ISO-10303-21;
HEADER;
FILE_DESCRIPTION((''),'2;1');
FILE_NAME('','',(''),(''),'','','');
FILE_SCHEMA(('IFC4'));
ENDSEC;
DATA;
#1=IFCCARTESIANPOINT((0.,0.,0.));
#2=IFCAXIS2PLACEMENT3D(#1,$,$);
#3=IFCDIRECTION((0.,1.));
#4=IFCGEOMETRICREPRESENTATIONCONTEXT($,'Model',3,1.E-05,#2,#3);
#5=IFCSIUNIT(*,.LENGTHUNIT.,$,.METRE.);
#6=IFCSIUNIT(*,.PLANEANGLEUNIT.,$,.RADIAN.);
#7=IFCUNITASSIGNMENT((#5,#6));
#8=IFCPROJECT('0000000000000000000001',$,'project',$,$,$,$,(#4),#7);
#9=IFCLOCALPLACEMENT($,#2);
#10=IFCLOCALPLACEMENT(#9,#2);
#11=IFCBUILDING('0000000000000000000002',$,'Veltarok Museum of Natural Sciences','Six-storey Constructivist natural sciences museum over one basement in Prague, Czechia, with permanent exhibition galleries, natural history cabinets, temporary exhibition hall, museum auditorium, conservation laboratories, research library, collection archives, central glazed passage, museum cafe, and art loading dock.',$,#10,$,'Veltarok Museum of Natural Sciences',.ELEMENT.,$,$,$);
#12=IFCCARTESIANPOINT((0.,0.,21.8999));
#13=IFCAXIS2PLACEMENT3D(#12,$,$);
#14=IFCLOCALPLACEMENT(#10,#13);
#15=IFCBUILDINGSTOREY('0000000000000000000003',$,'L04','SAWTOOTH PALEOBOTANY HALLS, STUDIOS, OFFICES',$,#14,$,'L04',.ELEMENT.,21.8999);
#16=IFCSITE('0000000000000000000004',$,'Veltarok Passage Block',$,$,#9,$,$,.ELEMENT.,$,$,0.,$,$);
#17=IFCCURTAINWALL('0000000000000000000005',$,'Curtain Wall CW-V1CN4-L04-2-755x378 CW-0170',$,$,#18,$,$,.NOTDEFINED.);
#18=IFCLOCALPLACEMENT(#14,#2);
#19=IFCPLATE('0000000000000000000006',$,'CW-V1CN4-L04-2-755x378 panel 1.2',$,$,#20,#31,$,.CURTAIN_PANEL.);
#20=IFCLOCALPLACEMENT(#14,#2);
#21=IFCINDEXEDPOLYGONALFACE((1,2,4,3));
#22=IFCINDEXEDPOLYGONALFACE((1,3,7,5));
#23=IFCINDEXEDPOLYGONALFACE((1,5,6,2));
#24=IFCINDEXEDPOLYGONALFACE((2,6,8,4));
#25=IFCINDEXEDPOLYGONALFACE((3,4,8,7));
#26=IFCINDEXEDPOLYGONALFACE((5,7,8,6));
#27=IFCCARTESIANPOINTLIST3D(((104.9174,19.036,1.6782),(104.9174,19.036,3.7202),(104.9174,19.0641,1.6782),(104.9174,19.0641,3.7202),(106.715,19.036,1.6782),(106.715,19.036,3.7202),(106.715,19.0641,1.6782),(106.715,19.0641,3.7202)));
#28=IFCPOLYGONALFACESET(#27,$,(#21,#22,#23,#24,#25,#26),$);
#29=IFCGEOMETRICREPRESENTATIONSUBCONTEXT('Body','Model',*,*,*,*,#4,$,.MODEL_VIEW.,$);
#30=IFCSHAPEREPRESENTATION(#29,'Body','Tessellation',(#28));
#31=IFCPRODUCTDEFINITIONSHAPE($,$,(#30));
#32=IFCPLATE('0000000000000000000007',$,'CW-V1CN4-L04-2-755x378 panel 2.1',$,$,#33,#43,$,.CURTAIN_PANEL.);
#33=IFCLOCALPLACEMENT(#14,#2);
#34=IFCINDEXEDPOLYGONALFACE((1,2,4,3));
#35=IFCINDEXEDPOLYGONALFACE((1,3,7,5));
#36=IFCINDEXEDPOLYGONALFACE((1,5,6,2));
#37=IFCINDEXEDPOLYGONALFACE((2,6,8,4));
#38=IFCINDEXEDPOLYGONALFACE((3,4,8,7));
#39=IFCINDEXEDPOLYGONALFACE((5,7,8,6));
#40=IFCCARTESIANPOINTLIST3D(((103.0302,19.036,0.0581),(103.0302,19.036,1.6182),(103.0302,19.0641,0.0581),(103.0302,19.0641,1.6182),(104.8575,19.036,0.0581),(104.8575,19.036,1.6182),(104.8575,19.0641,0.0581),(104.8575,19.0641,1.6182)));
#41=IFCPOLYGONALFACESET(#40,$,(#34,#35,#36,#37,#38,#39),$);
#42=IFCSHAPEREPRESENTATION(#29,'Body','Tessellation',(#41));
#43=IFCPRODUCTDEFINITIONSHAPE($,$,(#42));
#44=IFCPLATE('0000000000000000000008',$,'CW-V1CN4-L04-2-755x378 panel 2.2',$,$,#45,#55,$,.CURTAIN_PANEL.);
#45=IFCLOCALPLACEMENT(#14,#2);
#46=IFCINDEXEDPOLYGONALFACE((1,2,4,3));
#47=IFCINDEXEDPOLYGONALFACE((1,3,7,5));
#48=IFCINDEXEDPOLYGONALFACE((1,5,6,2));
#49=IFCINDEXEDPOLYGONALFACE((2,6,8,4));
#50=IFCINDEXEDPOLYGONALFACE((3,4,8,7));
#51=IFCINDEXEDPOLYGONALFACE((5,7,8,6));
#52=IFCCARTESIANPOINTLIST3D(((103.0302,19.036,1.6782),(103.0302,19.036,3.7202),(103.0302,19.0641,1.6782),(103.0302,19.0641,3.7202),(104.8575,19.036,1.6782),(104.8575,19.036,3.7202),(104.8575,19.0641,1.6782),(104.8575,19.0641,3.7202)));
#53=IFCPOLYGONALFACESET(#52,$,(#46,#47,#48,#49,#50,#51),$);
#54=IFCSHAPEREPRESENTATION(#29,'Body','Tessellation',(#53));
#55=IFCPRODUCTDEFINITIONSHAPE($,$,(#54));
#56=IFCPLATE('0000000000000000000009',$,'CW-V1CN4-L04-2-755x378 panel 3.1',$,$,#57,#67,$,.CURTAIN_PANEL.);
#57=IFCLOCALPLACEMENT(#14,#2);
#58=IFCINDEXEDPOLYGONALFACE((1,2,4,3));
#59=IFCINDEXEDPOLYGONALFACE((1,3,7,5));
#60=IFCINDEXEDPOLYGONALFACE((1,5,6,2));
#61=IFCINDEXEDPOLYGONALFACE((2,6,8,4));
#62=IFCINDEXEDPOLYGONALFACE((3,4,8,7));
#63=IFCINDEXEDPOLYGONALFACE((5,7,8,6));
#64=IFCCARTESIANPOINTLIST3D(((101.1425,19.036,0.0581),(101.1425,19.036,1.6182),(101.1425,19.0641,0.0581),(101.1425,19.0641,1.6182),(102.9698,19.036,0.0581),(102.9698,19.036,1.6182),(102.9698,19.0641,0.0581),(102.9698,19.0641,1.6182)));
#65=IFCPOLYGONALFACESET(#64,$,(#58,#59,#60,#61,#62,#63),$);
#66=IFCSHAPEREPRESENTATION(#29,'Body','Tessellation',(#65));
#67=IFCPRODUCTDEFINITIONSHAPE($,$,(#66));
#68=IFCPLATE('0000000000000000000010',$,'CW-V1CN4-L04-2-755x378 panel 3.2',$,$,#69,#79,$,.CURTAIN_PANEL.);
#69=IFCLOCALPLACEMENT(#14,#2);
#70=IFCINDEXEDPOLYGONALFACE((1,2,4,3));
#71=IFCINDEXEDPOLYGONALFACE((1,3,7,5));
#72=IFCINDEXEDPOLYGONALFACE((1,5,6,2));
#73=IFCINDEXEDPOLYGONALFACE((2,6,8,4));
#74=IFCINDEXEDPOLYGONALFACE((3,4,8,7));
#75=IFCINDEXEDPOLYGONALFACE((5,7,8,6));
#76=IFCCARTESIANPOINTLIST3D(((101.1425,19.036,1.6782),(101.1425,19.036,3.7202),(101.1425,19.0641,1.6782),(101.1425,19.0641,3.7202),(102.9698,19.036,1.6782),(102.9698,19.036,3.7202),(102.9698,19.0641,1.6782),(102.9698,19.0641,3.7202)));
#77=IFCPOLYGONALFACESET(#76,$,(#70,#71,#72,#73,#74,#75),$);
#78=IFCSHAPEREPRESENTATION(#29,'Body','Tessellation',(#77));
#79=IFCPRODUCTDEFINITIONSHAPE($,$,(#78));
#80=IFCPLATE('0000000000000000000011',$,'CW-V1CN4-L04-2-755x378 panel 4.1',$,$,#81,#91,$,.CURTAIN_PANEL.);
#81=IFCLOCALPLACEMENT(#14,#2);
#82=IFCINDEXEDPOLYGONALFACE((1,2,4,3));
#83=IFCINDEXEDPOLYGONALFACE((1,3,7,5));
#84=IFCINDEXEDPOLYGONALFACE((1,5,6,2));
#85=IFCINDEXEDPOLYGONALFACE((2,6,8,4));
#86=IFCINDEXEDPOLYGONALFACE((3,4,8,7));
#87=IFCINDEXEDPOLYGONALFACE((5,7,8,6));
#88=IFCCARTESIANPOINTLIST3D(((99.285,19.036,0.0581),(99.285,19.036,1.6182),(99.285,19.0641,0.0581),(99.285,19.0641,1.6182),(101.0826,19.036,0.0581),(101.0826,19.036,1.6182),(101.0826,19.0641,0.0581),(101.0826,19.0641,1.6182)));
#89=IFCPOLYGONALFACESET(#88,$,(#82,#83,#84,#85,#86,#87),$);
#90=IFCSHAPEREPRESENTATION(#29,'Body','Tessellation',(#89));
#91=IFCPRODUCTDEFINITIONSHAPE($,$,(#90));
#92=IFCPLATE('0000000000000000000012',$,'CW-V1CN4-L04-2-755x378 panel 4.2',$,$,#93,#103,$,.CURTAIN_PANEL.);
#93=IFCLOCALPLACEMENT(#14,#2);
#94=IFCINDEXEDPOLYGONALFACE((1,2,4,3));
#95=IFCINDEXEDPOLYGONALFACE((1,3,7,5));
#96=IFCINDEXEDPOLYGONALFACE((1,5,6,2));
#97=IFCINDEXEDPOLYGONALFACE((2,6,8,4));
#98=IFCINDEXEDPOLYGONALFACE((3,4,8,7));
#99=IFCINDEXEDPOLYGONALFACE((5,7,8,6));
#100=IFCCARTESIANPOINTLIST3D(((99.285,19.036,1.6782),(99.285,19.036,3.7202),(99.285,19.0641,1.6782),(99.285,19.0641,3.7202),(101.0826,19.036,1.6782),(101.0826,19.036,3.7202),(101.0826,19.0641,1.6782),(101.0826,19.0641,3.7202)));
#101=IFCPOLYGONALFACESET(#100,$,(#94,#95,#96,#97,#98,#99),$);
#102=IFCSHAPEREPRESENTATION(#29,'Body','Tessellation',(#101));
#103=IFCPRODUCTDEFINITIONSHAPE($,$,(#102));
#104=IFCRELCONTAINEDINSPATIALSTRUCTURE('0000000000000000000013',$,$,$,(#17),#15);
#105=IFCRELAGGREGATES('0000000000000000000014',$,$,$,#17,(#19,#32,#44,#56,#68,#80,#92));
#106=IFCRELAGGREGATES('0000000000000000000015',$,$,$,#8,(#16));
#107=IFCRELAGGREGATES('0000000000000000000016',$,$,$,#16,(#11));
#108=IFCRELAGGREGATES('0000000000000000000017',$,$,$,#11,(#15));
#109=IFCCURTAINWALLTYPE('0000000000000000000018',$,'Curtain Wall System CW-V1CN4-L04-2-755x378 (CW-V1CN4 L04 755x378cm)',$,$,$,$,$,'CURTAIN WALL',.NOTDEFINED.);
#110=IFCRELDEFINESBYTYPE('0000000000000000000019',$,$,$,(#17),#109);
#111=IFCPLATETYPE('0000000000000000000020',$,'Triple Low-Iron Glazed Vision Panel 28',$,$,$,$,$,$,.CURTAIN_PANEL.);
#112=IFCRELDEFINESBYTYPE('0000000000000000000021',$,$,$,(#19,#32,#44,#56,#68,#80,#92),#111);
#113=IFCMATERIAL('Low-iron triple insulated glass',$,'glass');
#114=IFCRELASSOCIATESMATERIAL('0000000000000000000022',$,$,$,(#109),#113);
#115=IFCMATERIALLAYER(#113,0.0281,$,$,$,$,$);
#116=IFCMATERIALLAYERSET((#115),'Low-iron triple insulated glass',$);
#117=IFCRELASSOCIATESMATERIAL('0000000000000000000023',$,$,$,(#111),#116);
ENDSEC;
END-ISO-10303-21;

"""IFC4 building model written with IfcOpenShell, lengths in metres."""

from ifc_helpers import new_model, si_unit, direction, frame, origin, origin_2d, place, context, subcontext, project, spatial, rectangle, extrude, material, layer, layer_set, type_object, element, aggregate, save


model = new_model("IFC4")

# Units and contexts
model_context = context("Model", 3, precision=1e-05, world=origin(), true_north=direction((0.0, 1.0)))
body_context = subcontext(model_context, "Body", "Model", "MODEL_VIEW")
ifc_project = project(units=[si_unit("LENGTHUNIT", "METRE"), si_unit("PLANEANGLEUNIT", "RADIAN")], contexts=[model_context])

# Site, building, storey
site_placement = place(None, origin())
site = spatial("IfcSite", under=ifc_project, at=site_placement, Name="Veltarok Passage Block", CompositionType="ELEMENT", RefElevation=0.0)
building_placement = place(site_placement, origin())
building = spatial("IfcBuilding", under=site, at=building_placement, Name="Veltarok Museum of Natural Sciences", Description="Six-storey Constructivist natural sciences museum over one basement in Prague, Czechia, with permanent exhibition galleries, natural history cabinets, temporary exhibition hall, museum auditorium, conservation laboratories, research library, collection archives, central glazed passage, museum cafe, and art loading dock.", LongName="Veltarok Museum of Natural Sciences", CompositionType="ELEMENT")
storey_placement = place(building_placement, frame((0.0, 0.0, 21.8999)))
storey = spatial("IfcBuildingStorey", under=building, at=storey_placement, Name="L04", Description="SAWTOOTH PALEOBOTANY HALLS, STUDIOS, OFFICES", LongName="L04", CompositionType="ELEMENT", Elevation=21.8999)

# Curtain wall
ifc_material_1 = material(Name="Low-iron triple insulated glass", Category="glass")
curtain_wall_type_1 = type_object("IfcCurtainWallType", Name="Curtain Wall System CW-V1CN4-L04-2-755x378 (CW-V1CN4 L04 755x378cm)", ElementType="CURTAIN WALL", PredefinedType="NOTDEFINED", material=ifc_material_1)
curtain_wall_1_placement = place(storey_placement, origin())
curtain_wall_1 = element("IfcCurtainWall", 1, at=curtain_wall_1_placement, inside=storey, type_object=curtain_wall_type_1, Name="Curtain Wall CW-V1CN4-L04-2-755x378 CW-0170", PredefinedType="NOTDEFINED")

# Plates
ifc_layer = layer(ifc_material_1, 0.0281)
ifc_layer_set = layer_set([ifc_layer], Name="Low-iron triple insulated glass")
plate_type = type_object("IfcPlateType", Name="Triple Low-Iron Glazed Vision Panel 28", PredefinedType="CURTAIN_PANEL", material=ifc_layer_set)
plate_1_placement = place(storey_placement, frame((105.8162, 19.05, 1.6782), z_axis=(0.0, 0.0, 1.0), x_axis=(-1.0, 0.0, 0.0)))
plate_1 = element("IfcPlate", 2, at=plate_1_placement, type_object=plate_type, Name="CW-V1CN4-L04-2-755x378 panel 1.2", PredefinedType="CURTAIN_PANEL", context=body_context, shape_type="SweptSolid", body=[
    extrude(rectangle(XDim=1.7976, YDim=0.0281, at=origin_2d()), origin(), (0.0, 0.0, 1.0), 2.042),
])
plate_2_placement = place(storey_placement, frame((103.9438, 19.05, 0.0581), z_axis=(0.0, 0.0, 1.0), x_axis=(-1.0, 0.0, 0.0)))
plate_2 = element("IfcPlate", 3, at=plate_2_placement, type_object=plate_type, Name="CW-V1CN4-L04-2-755x378 panel 2.1", PredefinedType="CURTAIN_PANEL", context=body_context, shape_type="SweptSolid", body=[
    extrude(rectangle(XDim=1.8274, YDim=0.0281, at=origin_2d()), origin(), (0.0, 0.0, 1.0), 1.5601),
])
plate_3_placement = place(storey_placement, frame((103.9438, 19.05, 1.6782), z_axis=(0.0, 0.0, 1.0), x_axis=(-1.0, 0.0, 0.0)))
plate_3 = element("IfcPlate", 4, at=plate_3_placement, type_object=plate_type, Name="CW-V1CN4-L04-2-755x378 panel 2.2", PredefinedType="CURTAIN_PANEL", context=body_context, shape_type="SweptSolid", body=[
    extrude(rectangle(XDim=1.8274, YDim=0.0281, at=origin_2d()), origin(), (0.0, 0.0, 1.0), 2.042),
])
plate_4_placement = place(storey_placement, frame((102.0562, 19.05, 0.0581), z_axis=(0.0, 0.0, 1.0), x_axis=(-1.0, 0.0, 0.0)))
plate_4 = element("IfcPlate", 5, at=plate_4_placement, type_object=plate_type, Name="CW-V1CN4-L04-2-755x378 panel 3.1", PredefinedType="CURTAIN_PANEL", context=body_context, shape_type="SweptSolid", body=[
    extrude(rectangle(XDim=1.8274, YDim=0.0281, at=origin_2d()), origin(), (0.0, 0.0, 1.0), 1.5601),
])
plate_5_placement = place(storey_placement, frame((102.0562, 19.05, 1.6782), z_axis=(0.0, 0.0, 1.0), x_axis=(-1.0, 0.0, 0.0)))
plate_5 = element("IfcPlate", 6, at=plate_5_placement, type_object=plate_type, Name="CW-V1CN4-L04-2-755x378 panel 3.2", PredefinedType="CURTAIN_PANEL", context=body_context, shape_type="SweptSolid", body=[
    extrude(rectangle(XDim=1.8274, YDim=0.0281, at=origin_2d()), origin(), (0.0, 0.0, 1.0), 2.042),
])
plate_6_placement = place(storey_placement, frame((100.1838, 19.05, 0.0581), z_axis=(0.0, 0.0, 1.0), x_axis=(-1.0, 0.0, 0.0)))
plate_6 = element("IfcPlate", 7, at=plate_6_placement, type_object=plate_type, Name="CW-V1CN4-L04-2-755x378 panel 4.1", PredefinedType="CURTAIN_PANEL", context=body_context, shape_type="SweptSolid", body=[
    extrude(rectangle(XDim=1.7976, YDim=0.0281, at=origin_2d()), origin(), (0.0, 0.0, 1.0), 1.5601),
])
plate_7_placement = place(storey_placement, frame((100.1838, 19.05, 1.6782), z_axis=(0.0, 0.0, 1.0), x_axis=(-1.0, 0.0, 0.0)))
plate_7 = element("IfcPlate", 8, at=plate_7_placement, type_object=plate_type, Name="CW-V1CN4-L04-2-755x378 panel 4.2", PredefinedType="CURTAIN_PANEL", context=body_context, shape_type="SweptSolid", body=[
    extrude(rectangle(XDim=1.7976, YDim=0.0281, at=origin_2d()), origin(), (0.0, 0.0, 1.0), 2.042),
])
aggregate(curtain_wall_1, [plate_1, plate_2, plate_3, plate_4, plate_5, plate_6, plate_7])

save(model, "model.ifc")
